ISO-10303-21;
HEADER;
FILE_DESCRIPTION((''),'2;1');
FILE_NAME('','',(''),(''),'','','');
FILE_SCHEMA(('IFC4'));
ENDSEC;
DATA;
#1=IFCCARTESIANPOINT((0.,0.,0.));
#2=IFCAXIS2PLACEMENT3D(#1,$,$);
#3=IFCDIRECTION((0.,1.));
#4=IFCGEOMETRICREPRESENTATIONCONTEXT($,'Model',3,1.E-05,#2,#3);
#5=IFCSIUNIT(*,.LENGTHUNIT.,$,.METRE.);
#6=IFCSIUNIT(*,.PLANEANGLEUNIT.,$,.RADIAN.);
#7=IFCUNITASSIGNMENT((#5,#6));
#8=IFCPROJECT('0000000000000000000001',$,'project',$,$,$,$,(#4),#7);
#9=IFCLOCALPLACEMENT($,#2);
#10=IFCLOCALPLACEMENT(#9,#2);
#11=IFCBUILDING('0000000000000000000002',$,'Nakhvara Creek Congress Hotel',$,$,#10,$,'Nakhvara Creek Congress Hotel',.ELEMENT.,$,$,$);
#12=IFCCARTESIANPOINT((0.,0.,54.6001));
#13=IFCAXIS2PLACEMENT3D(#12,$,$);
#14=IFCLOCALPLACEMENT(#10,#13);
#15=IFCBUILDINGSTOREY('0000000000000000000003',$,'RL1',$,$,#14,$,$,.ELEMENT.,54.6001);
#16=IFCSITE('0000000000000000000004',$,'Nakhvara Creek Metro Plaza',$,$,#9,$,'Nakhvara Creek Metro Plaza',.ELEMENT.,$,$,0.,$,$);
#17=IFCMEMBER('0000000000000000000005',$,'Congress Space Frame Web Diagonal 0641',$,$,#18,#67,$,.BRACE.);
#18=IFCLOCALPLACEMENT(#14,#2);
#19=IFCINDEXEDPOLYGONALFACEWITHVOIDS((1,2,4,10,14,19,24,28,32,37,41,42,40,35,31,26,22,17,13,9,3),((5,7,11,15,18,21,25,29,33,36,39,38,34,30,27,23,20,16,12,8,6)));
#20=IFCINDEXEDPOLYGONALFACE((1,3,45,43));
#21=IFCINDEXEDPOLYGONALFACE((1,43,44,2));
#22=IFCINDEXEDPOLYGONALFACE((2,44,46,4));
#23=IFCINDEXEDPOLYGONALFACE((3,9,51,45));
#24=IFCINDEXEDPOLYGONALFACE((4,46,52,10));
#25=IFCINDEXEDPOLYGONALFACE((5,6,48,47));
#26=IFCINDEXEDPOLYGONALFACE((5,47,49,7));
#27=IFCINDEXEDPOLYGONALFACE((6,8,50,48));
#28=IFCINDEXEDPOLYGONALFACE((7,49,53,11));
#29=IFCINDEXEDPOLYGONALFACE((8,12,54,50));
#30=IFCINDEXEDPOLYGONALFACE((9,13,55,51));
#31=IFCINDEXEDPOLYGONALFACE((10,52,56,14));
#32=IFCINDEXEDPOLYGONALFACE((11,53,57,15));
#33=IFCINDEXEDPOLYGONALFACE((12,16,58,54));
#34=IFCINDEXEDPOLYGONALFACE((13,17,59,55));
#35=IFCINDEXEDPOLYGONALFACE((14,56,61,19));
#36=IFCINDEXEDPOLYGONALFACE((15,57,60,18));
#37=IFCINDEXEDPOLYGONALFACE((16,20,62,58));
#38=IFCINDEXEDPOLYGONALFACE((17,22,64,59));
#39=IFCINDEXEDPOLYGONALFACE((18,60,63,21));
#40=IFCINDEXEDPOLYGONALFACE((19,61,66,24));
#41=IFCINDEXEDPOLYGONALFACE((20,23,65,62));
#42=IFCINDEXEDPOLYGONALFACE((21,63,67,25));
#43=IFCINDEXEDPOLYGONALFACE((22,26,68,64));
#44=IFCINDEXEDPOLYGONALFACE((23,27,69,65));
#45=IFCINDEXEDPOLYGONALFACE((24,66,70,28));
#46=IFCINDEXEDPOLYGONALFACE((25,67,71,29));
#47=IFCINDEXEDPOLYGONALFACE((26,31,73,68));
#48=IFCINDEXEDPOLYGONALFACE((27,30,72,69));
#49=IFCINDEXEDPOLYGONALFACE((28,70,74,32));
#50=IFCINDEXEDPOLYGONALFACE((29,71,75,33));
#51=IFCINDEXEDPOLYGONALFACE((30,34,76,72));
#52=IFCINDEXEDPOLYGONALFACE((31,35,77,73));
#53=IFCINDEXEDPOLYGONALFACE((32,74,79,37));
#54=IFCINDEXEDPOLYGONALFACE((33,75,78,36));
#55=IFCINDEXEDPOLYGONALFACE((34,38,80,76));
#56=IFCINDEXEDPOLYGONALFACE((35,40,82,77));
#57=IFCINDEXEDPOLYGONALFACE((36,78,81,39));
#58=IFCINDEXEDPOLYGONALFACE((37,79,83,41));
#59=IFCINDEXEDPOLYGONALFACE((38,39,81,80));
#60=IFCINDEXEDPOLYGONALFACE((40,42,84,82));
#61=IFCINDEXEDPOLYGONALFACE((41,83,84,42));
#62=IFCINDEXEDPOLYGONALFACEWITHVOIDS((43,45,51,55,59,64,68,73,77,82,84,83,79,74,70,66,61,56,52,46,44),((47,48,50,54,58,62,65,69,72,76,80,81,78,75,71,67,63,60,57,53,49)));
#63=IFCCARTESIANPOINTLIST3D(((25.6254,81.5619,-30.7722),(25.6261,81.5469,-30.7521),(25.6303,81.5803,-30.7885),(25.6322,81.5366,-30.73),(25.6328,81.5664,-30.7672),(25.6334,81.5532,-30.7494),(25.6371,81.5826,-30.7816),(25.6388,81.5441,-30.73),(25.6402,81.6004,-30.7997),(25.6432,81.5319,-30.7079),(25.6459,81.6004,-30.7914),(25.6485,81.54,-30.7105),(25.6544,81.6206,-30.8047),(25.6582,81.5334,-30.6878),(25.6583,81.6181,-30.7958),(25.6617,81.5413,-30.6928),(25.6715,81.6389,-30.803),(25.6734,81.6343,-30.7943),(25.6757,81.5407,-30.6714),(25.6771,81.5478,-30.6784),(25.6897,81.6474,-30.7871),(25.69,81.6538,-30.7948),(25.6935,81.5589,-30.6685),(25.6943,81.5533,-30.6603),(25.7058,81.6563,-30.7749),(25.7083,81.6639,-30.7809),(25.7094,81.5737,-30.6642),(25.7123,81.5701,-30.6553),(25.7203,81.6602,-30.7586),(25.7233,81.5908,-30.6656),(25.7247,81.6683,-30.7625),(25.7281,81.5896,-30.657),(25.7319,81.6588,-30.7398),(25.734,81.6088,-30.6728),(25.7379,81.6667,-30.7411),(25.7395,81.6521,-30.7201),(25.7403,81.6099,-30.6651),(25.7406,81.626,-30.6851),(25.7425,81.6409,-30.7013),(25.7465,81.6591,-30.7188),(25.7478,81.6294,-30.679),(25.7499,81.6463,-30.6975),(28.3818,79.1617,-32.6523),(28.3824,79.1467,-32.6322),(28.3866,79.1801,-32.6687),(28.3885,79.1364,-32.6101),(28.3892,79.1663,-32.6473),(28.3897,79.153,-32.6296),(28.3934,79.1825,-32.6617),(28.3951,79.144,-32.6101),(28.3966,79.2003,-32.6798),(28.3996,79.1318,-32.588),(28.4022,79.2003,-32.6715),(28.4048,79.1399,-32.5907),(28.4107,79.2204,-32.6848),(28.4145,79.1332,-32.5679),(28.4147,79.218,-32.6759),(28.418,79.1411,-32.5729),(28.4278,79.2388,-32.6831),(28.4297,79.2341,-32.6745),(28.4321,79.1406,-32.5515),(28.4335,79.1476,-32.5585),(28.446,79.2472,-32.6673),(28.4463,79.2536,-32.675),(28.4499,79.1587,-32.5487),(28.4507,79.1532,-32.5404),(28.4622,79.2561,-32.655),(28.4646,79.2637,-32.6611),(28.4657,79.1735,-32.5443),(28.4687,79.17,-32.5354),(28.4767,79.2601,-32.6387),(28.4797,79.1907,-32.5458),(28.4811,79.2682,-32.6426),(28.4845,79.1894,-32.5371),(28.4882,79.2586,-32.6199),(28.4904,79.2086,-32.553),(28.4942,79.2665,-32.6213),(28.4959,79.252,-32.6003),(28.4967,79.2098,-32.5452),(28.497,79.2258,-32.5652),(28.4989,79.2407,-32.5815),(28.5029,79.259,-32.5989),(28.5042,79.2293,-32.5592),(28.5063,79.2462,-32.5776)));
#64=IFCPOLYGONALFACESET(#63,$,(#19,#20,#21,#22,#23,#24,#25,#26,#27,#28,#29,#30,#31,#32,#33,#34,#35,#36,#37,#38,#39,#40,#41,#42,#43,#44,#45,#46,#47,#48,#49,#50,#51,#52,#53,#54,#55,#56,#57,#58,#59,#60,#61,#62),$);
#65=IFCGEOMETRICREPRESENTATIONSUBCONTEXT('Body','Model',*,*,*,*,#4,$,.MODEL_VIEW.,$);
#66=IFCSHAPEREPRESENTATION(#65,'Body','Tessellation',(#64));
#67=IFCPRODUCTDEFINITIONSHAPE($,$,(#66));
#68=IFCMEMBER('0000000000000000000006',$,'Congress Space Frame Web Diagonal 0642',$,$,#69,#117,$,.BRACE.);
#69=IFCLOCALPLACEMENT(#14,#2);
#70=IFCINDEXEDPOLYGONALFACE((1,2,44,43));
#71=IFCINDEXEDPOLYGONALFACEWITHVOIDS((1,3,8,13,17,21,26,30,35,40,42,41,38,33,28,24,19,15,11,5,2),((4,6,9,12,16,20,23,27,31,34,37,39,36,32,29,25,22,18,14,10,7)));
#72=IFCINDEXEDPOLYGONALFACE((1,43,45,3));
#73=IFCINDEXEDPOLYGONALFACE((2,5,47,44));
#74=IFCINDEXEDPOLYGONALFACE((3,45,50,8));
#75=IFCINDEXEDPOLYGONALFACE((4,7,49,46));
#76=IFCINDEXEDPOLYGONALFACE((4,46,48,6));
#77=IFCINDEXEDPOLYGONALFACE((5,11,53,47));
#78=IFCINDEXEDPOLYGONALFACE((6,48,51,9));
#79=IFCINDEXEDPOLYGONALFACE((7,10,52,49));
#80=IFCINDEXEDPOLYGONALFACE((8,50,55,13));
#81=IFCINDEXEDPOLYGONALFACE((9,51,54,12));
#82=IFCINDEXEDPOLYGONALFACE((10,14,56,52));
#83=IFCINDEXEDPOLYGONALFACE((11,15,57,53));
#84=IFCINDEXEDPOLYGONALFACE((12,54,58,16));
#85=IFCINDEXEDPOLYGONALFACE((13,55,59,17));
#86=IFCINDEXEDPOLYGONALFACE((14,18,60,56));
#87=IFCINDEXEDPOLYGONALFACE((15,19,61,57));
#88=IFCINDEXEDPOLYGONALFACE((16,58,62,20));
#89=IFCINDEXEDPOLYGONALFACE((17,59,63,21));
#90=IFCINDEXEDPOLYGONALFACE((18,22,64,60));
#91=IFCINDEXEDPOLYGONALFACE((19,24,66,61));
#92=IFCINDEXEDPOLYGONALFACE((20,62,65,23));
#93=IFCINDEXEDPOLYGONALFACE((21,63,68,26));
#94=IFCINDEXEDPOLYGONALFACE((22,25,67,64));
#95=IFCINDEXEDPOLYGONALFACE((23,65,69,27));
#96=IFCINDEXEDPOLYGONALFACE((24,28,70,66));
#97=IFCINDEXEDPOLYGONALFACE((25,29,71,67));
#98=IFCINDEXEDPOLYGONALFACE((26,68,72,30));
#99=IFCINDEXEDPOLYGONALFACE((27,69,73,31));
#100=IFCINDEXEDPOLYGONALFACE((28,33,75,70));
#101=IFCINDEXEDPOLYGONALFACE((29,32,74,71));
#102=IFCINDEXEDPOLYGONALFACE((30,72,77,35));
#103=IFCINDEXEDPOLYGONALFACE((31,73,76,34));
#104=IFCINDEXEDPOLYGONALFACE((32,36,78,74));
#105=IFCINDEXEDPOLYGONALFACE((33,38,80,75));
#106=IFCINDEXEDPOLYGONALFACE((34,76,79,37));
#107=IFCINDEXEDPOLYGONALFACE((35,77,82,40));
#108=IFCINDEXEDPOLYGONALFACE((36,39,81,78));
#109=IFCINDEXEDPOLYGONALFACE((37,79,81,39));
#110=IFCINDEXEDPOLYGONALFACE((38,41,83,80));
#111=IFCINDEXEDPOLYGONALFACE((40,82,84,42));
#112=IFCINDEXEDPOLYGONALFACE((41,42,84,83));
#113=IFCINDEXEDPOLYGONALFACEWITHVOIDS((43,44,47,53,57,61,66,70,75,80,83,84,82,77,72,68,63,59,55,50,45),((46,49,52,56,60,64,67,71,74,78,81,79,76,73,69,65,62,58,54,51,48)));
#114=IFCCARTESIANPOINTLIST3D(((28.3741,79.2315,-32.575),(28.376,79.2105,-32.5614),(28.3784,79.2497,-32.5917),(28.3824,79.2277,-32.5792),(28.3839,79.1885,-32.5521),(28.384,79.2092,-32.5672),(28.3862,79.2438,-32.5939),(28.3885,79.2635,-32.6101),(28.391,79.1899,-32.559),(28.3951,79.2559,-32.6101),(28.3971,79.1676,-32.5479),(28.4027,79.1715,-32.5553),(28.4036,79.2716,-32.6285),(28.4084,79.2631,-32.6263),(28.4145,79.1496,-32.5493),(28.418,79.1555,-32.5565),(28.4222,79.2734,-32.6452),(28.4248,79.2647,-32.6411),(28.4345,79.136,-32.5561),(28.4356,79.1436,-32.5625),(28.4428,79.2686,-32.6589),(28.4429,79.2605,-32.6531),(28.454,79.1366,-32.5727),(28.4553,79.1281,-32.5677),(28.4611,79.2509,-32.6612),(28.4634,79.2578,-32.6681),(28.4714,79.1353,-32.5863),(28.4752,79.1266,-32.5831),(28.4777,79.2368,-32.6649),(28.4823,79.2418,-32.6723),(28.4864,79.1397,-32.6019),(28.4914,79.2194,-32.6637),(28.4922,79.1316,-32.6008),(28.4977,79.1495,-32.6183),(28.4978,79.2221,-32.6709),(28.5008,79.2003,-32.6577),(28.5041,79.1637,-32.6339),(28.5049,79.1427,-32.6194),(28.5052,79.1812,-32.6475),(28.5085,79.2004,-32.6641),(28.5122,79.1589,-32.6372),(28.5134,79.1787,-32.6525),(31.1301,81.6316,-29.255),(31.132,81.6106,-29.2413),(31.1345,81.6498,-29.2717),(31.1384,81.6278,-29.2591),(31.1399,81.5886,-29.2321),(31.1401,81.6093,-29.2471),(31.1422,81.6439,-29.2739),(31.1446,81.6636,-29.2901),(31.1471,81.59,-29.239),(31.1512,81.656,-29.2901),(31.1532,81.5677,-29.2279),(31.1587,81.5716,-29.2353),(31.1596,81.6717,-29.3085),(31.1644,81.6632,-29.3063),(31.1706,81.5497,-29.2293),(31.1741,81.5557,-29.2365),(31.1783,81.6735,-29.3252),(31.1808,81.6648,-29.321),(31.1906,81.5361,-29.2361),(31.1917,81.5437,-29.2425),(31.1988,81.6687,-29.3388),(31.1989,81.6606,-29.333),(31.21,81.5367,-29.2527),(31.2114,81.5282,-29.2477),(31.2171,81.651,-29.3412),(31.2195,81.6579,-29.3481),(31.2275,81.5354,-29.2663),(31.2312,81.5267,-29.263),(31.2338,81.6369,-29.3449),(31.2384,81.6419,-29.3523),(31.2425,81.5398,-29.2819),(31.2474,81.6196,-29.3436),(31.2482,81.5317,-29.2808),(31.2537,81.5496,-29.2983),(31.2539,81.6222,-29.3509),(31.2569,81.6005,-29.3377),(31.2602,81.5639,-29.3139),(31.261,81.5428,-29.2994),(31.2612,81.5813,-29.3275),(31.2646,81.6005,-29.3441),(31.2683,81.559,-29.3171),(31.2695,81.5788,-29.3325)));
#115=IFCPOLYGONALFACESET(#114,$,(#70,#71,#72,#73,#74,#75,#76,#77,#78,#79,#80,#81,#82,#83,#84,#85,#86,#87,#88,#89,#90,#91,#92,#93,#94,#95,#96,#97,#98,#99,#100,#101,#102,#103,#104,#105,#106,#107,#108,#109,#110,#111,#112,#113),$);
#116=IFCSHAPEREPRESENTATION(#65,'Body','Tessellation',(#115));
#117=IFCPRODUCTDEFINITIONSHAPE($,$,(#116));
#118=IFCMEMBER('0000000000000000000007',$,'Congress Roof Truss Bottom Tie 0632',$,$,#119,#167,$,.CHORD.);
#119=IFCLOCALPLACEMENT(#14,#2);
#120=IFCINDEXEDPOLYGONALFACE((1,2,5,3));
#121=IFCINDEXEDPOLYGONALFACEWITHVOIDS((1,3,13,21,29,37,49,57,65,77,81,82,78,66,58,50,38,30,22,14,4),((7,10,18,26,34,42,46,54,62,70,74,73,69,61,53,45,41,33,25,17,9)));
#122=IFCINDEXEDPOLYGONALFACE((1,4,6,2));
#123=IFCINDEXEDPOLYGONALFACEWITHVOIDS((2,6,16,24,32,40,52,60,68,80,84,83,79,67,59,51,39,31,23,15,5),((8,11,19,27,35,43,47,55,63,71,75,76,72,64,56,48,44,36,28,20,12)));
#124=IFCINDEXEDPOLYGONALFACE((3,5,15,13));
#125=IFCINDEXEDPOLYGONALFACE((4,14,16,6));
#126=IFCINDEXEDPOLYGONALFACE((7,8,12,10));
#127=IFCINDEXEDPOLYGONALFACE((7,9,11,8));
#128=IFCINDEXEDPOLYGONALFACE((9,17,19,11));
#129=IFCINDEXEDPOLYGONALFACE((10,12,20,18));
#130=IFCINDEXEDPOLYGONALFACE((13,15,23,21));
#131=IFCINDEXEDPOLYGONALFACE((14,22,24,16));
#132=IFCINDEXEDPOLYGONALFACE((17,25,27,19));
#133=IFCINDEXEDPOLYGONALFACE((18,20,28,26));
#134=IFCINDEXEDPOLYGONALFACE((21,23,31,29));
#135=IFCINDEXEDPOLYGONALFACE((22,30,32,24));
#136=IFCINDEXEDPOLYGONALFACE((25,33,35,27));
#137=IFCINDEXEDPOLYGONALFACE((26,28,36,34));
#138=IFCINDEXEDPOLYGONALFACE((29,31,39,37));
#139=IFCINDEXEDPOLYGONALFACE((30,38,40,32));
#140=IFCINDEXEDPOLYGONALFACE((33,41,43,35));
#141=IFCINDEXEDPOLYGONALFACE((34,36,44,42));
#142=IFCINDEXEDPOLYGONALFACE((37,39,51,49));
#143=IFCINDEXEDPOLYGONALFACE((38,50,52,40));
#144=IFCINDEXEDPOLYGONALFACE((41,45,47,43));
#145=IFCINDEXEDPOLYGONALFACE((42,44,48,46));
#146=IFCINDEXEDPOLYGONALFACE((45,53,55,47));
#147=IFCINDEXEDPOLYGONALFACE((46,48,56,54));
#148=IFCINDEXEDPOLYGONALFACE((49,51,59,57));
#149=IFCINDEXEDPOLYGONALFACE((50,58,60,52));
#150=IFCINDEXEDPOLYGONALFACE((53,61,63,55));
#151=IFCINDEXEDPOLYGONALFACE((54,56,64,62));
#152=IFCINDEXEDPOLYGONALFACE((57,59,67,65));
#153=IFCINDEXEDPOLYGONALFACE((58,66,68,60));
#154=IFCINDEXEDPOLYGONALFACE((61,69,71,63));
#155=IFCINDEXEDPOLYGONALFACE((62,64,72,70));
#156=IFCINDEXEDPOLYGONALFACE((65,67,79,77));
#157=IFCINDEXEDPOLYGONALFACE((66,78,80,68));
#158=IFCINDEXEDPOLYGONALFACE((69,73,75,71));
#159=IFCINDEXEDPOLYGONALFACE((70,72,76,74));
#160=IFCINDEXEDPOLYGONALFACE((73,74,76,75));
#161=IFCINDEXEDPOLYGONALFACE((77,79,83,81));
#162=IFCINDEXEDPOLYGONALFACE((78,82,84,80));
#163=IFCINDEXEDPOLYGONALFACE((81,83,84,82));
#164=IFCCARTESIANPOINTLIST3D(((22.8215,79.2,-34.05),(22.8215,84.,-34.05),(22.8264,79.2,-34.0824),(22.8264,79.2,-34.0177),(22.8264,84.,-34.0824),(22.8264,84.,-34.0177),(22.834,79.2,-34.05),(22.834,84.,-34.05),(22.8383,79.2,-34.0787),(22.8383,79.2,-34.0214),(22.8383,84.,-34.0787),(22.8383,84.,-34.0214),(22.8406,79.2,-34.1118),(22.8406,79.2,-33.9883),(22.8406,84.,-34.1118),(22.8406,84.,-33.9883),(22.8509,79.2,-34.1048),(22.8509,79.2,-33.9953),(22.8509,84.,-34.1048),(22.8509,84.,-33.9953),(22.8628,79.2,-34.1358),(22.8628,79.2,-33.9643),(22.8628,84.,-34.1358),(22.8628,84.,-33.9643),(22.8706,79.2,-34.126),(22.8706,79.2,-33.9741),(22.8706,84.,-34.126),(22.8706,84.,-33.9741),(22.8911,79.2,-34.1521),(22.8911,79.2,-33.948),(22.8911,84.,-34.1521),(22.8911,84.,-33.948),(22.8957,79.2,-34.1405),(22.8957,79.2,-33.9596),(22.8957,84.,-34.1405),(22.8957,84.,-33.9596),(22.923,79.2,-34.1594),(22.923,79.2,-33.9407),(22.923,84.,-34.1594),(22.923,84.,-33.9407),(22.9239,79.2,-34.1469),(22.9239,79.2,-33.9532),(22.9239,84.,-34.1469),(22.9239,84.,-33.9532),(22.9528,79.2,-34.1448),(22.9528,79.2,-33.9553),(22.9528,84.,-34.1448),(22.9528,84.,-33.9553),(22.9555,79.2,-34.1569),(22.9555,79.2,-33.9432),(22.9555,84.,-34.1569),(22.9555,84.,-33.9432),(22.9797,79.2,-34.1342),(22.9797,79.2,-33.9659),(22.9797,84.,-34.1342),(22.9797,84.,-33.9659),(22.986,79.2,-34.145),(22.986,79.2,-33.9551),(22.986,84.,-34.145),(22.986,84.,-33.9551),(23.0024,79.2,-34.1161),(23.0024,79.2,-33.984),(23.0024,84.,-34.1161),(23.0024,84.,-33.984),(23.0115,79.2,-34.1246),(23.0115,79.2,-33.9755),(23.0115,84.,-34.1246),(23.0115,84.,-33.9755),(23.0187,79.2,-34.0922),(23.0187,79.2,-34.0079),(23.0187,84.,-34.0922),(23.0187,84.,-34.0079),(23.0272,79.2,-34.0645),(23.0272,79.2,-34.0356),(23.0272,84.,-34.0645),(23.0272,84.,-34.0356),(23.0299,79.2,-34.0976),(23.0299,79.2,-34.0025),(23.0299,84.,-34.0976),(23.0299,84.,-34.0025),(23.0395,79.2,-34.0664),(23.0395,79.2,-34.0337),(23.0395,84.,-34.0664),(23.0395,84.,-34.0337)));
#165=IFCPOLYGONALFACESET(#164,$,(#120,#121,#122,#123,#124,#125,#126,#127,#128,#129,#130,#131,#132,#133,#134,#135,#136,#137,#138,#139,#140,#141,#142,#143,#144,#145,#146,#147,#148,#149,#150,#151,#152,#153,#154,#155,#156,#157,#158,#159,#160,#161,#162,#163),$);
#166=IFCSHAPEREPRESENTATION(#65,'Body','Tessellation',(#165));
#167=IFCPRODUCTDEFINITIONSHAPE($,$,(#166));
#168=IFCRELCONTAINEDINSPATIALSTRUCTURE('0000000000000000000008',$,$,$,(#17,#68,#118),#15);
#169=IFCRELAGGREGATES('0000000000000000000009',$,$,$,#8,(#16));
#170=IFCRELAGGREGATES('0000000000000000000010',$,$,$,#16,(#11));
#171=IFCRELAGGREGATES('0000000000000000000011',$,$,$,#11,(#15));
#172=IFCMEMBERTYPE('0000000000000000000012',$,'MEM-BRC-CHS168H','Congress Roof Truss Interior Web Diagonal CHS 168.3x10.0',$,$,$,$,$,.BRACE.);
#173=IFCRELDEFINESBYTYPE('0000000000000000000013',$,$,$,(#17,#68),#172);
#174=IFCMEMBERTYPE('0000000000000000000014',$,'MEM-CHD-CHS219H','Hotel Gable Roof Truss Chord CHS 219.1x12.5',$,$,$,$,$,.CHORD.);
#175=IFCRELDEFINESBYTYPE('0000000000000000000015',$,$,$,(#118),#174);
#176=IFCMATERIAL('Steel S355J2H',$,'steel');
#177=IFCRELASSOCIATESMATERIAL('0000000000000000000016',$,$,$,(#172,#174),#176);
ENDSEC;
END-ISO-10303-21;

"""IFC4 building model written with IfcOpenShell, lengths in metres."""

from ifc_helpers import new_model, si_unit, direction, frame, origin, origin_2d, place, context, subcontext, project, spatial, hollow_circle, extrude, material, material_profile, profile_set, type_object, element, save


model = new_model("IFC4")

# Units and contexts
model_context = context("Model", 3, precision=1e-05, world=origin(), true_north=direction((0.0, 1.0)))
body_context = subcontext(model_context, "Body", "Model", "MODEL_VIEW")
ifc_project = project(units=[si_unit("LENGTHUNIT", "METRE"), si_unit("PLANEANGLEUNIT", "RADIAN")], contexts=[model_context])

# Site, building, storey
site_placement = place(None, origin())
site = spatial("IfcSite", under=ifc_project, at=site_placement, Name="Nakhvara Creek Metro Plaza", LongName="Nakhvara Creek Metro Plaza", CompositionType="ELEMENT", RefElevation=0.0)
building_placement = place(site_placement, origin())
building = spatial("IfcBuilding", under=site, at=building_placement, Name="Nakhvara Creek Congress Hotel", LongName="Nakhvara Creek Congress Hotel", CompositionType="ELEMENT")
storey_placement = place(building_placement, frame((0.0, 0.0, 54.6001)))
storey = spatial("IfcBuildingStorey", under=building, at=storey_placement, Name="RL1", CompositionType="ELEMENT", Elevation=54.6001)

# Members
ifc_material_1 = material(Name="Steel S355J2H", Category="steel")
ifc_material_profile_1 = material_profile(ifc_material_1, hollow_circle(Radius=0.0842, WallThickness=0.01, at=origin_2d()), Name="CHS 168.3x10.0", Category="LoadBearing")
ifc_profile_set_1 = profile_set([ifc_material_profile_1], Name="Steel S355J2H")
member_type_1 = type_object("IfcMemberType", Name="MEM-BRC-CHS168H", Description="Congress Roof Truss Interior Web Diagonal CHS 168.3x10.0", PredefinedType="BRACE", material=ifc_profile_set_1)
member_1_placement = place(storey_placement, frame((28.4438, 79.2, -32.6101), z_axis=(-0.670626, 0.583961, 0.457439), x_axis=(-0.656696, -0.754155, 0.0)))
element("IfcMember", 1, at=member_1_placement, inside=storey, type_object=member_type_1, Name="Congress Space Frame Web Diagonal 0641", PredefinedType="BRACE", context=body_context, shape_type="SweptSolid", body=[
    extrude(hollow_circle(Radius=0.0842, WallThickness=0.01, at=origin_2d()), origin(), (0.0, 0.0, 1.0), 4.1101),
])
member_2_placement = place(storey_placement, frame((28.4438, 79.2, -32.6101), z_axis=(0.55819, 0.486098, 0.672408), x_axis=(-0.656729, 0.754126, 0.0)))
element("IfcMember", 2, at=member_2_placement, inside=storey, type_object=member_type_1, Name="Congress Space Frame Web Diagonal 0642", PredefinedType="BRACE", context=body_context, shape_type="SweptSolid", body=[
    extrude(hollow_circle(Radius=0.0842, WallThickness=0.01, at=origin_2d()), origin(), (0.0, 0.0, 1.0), 4.9375),
])
ifc_material_profile_2 = material_profile(ifc_material_1, hollow_circle(Radius=0.1096, WallThickness=0.0125, at=origin_2d()), Name="CHS 219.1x12.5", Category="LoadBearing")
ifc_profile_set_2 = profile_set([ifc_material_profile_2], Name="Steel S355J2H")
member_type_2 = type_object("IfcMemberType", Name="MEM-CHD-CHS219H", Description="Hotel Gable Roof Truss Chord CHS 219.1x12.5", PredefinedType="CHORD", material=ifc_profile_set_2)
for number, where, z_axis, x_axis, name in (
    (3, (22.9312, 79.2, -34.05), (0.0, 1.0, 0.0), (-1.0, 0.0, 0.0), "Congress Roof Truss Bottom Tie 0632"),
):
    element("IfcMember", number, at=place(storey_placement, frame(where, z_axis=z_axis, x_axis=x_axis)), inside=storey, type_object=member_type_2, Name=name, PredefinedType="CHORD", context=body_context, shape_type="SweptSolid", body=[
        extrude(hollow_circle(Radius=0.1096, WallThickness=0.0125, at=origin_2d()), origin(), (0.0, 0.0, 1.0), 4.8),
    ])

save(model, "model.ifc")
